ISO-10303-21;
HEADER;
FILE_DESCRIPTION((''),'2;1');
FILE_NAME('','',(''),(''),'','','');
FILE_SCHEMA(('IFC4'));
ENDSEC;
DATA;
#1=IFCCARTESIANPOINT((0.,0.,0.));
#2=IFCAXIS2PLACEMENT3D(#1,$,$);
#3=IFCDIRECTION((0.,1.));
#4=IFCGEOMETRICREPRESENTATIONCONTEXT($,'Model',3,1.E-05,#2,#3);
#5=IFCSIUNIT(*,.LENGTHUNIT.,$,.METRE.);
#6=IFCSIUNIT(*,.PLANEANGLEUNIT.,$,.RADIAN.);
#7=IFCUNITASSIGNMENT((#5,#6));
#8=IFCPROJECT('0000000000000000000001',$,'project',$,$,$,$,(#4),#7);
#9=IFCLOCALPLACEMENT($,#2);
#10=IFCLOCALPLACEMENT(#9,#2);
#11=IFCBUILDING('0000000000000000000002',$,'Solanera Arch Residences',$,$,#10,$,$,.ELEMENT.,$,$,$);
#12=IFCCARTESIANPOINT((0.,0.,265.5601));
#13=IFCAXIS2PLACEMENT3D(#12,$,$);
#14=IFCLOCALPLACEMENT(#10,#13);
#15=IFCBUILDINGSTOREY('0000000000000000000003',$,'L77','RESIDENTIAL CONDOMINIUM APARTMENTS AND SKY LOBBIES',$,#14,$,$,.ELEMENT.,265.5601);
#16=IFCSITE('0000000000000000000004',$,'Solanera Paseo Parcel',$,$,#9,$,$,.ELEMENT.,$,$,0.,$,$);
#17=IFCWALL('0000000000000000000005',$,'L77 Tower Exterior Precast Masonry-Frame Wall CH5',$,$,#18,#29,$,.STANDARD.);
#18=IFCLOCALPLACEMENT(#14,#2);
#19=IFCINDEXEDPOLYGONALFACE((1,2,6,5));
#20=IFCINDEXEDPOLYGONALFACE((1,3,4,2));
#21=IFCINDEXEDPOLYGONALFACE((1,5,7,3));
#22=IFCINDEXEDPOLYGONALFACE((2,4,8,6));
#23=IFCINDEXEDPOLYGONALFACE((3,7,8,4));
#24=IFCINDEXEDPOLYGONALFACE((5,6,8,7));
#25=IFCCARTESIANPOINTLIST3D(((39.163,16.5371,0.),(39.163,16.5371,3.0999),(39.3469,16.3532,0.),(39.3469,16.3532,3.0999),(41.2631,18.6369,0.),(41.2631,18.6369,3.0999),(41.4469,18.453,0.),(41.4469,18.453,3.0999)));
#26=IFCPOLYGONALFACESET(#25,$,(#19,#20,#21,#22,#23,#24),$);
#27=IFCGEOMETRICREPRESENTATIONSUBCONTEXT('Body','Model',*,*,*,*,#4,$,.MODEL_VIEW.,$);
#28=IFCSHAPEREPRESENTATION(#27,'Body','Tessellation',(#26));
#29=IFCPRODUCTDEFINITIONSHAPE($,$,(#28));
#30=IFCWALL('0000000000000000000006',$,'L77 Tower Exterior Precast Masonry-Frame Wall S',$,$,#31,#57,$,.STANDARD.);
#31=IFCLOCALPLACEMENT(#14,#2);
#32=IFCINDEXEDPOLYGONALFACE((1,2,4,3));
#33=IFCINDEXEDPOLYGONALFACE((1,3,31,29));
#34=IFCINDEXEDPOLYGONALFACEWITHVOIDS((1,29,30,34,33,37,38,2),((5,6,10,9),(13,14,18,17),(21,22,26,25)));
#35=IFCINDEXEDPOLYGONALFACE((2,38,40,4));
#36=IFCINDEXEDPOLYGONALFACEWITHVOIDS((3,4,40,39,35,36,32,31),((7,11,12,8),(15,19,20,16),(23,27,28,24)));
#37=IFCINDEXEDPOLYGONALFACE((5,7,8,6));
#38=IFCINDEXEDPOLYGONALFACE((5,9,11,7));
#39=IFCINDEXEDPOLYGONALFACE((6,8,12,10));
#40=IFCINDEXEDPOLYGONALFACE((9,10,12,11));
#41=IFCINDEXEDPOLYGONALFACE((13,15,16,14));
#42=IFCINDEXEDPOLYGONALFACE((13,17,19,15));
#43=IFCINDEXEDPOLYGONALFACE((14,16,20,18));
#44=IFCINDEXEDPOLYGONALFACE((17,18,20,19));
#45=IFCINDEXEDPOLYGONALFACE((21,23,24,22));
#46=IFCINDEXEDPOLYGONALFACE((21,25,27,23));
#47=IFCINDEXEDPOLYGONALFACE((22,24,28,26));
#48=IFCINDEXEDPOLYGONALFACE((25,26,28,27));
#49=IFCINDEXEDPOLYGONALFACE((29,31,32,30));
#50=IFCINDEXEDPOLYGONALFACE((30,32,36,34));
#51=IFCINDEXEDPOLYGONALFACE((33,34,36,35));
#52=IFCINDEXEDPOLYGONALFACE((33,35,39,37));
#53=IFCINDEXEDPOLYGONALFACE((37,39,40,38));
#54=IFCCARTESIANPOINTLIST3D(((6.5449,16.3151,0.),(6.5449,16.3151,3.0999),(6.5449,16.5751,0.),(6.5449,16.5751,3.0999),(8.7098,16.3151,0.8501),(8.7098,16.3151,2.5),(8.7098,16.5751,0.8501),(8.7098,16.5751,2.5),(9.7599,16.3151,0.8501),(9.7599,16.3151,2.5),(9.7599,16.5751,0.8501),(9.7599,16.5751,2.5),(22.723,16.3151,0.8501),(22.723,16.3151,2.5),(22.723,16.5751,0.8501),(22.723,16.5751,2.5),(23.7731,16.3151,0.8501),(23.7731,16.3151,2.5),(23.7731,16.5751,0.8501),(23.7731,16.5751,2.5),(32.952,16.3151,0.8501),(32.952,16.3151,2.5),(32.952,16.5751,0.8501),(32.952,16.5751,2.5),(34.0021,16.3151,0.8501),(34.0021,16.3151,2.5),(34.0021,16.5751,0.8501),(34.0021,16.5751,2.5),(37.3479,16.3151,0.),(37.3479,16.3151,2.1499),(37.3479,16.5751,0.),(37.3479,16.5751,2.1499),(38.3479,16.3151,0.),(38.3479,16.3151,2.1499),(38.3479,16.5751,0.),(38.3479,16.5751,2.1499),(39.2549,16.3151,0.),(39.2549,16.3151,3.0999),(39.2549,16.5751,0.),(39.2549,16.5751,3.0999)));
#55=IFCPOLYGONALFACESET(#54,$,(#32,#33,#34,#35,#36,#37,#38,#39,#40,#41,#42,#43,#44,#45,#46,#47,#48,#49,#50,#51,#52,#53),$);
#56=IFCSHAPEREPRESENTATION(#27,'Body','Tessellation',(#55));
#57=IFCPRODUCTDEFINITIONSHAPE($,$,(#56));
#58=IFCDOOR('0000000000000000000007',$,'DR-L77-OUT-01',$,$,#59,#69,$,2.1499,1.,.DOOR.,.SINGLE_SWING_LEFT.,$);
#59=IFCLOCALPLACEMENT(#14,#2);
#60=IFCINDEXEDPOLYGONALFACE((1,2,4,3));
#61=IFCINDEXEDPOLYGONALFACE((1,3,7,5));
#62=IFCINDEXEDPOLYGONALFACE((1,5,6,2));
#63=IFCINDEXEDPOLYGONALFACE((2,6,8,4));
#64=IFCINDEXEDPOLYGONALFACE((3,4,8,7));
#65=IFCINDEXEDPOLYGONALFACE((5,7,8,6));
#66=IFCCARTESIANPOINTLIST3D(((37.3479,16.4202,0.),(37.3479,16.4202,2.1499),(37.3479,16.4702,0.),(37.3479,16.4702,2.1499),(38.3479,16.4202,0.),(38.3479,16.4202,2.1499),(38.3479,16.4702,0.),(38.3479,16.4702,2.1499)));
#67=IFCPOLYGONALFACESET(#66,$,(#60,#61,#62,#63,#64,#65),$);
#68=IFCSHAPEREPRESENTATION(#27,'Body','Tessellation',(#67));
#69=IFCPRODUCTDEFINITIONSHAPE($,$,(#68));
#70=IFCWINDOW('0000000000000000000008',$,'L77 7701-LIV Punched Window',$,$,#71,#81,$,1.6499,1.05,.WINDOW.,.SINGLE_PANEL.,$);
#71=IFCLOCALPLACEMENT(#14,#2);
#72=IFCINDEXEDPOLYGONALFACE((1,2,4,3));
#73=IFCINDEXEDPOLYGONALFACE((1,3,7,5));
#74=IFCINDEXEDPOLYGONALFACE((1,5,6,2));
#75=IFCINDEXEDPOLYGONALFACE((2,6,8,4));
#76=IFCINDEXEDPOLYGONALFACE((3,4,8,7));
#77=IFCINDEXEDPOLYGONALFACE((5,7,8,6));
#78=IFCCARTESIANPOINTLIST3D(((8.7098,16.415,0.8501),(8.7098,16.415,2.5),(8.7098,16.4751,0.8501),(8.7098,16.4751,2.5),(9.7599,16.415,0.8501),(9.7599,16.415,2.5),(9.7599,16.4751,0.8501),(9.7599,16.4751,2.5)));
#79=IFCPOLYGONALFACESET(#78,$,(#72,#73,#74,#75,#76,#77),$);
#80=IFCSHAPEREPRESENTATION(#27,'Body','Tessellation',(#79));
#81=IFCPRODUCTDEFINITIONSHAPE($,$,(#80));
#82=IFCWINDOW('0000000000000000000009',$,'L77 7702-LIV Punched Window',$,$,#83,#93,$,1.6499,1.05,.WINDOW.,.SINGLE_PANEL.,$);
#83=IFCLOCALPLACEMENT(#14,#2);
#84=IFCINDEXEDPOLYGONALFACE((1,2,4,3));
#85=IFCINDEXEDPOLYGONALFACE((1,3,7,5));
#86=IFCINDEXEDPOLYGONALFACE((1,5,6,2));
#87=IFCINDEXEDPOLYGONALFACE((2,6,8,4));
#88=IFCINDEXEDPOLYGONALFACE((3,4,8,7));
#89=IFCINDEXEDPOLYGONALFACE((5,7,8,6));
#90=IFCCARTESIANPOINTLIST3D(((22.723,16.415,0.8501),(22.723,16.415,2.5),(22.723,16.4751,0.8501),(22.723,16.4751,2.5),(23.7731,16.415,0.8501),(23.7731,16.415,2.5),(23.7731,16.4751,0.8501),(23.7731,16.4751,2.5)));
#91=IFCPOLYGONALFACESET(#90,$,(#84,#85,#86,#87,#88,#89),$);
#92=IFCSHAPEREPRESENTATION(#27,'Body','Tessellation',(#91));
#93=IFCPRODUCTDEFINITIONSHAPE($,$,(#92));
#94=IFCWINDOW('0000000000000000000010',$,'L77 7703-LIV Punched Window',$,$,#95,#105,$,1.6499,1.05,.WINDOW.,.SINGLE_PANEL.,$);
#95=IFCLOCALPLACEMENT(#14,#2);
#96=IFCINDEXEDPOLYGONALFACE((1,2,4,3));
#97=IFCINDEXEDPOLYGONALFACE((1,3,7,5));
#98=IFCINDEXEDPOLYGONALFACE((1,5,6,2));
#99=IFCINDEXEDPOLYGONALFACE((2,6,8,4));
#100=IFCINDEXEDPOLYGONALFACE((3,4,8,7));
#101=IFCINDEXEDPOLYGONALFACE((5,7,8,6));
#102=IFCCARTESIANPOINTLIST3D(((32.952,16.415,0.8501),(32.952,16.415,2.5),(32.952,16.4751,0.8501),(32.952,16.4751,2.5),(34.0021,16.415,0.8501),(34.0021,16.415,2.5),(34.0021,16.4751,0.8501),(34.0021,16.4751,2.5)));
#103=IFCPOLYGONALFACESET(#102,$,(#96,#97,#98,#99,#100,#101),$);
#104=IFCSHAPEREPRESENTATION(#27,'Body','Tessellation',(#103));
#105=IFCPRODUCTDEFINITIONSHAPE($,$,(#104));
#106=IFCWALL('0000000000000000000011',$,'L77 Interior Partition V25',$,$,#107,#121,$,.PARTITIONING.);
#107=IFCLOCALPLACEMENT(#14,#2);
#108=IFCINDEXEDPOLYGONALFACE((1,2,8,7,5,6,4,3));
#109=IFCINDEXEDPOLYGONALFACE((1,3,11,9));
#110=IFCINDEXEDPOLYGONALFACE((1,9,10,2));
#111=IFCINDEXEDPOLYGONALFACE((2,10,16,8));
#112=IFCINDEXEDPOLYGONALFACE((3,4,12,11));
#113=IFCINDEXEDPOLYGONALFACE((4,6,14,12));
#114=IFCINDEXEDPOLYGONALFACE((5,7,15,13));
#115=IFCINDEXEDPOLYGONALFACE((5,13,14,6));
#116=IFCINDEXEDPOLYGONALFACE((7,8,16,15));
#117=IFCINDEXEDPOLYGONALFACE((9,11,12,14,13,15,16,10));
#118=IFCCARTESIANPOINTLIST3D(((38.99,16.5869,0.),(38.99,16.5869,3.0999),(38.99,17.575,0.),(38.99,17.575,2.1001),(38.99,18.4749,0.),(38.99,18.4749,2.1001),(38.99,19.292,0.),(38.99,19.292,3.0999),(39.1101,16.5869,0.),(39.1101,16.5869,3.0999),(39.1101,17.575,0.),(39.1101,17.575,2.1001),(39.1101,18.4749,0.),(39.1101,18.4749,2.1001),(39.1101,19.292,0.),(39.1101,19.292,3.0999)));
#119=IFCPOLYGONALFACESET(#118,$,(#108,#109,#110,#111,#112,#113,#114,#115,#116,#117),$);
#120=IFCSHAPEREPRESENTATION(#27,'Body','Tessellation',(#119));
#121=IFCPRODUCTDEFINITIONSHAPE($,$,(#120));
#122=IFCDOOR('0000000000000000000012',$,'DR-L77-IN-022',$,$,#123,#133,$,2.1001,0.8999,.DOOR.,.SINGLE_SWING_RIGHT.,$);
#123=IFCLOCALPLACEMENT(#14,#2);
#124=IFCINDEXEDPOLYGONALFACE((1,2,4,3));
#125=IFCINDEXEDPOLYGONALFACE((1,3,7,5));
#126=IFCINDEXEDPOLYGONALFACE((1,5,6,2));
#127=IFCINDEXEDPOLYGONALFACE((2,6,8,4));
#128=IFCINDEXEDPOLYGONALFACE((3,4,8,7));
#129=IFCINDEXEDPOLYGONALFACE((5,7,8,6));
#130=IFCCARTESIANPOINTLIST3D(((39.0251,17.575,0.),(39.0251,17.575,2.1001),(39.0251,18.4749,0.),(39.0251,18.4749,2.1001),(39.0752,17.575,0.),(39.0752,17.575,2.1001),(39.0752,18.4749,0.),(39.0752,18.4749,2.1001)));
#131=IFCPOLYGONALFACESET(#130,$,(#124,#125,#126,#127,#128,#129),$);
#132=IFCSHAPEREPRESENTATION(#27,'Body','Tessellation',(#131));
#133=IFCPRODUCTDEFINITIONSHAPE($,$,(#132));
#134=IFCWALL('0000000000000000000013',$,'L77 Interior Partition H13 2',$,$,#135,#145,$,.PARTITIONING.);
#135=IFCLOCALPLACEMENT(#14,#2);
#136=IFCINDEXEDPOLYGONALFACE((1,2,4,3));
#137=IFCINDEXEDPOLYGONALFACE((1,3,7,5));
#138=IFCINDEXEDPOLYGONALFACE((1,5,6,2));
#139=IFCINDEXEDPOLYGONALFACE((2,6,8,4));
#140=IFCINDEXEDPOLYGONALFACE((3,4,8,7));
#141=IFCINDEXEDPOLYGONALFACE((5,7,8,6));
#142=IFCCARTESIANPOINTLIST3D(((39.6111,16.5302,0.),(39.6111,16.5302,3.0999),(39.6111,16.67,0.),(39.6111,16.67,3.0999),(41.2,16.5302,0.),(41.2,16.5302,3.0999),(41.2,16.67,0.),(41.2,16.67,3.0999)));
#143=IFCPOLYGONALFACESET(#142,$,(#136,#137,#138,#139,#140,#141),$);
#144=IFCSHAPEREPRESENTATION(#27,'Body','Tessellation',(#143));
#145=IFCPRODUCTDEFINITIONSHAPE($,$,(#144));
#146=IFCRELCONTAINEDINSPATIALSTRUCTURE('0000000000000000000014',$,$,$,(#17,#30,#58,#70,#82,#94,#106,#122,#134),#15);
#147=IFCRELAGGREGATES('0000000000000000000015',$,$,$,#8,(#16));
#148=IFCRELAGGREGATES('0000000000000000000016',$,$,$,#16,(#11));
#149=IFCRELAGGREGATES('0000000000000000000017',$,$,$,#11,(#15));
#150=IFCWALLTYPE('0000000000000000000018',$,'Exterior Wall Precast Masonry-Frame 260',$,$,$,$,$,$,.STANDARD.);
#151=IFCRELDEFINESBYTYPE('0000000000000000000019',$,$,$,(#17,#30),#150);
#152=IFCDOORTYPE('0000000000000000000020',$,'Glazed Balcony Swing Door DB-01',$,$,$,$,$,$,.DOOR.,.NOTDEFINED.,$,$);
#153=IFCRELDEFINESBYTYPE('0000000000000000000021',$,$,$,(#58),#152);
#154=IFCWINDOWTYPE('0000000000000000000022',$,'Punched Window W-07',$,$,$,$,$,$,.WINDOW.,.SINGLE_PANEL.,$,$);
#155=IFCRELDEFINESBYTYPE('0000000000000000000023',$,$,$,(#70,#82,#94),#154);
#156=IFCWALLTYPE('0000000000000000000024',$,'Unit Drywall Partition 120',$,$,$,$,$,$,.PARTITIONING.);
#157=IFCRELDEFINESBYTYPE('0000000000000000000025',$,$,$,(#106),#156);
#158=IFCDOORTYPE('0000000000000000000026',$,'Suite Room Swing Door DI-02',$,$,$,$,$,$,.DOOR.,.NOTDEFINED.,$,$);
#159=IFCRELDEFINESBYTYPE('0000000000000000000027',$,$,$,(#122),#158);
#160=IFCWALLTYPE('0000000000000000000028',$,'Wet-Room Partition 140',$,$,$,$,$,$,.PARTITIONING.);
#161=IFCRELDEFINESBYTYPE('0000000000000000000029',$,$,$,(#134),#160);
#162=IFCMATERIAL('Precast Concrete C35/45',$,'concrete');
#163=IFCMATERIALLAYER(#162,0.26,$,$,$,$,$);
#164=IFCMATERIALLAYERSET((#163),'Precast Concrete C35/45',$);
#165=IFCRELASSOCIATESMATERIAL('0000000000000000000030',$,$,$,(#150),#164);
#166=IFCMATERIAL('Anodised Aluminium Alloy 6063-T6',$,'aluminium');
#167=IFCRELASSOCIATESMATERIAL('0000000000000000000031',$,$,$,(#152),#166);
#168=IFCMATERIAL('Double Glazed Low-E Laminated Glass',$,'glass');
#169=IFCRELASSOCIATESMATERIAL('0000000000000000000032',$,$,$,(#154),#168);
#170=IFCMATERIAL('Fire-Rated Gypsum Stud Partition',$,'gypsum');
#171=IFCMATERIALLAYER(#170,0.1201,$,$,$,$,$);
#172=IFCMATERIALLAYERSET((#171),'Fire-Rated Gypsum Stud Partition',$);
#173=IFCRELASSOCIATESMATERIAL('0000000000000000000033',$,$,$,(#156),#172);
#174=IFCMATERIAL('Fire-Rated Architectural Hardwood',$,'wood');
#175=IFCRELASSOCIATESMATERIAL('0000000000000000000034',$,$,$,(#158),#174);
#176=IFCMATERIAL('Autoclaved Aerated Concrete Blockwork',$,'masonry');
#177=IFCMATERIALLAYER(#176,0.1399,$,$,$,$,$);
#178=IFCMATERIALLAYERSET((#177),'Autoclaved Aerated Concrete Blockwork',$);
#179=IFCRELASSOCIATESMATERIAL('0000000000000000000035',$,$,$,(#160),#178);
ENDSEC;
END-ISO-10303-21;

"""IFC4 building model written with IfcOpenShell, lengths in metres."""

from ifc_helpers import new_model, si_unit, direction, frame, frame_2d, origin, place, context, subcontext, project, spatial, rectangle, extrude, material, layer, layer_set, type_object, element, fill, save


model = new_model("IFC4")

# Units and contexts
model_context = context("Model", 3, precision=1e-05, world=origin(), true_north=direction((0.0, 1.0)))
body_context = subcontext(model_context, "Body", "Model", "MODEL_VIEW")
ifc_project = project(units=[si_unit("LENGTHUNIT", "METRE"), si_unit("PLANEANGLEUNIT", "RADIAN")], contexts=[model_context])

# Site, building, storey
site_placement = place(None, origin())
site = spatial("IfcSite", under=ifc_project, at=site_placement, Name="Solanera Paseo Parcel", CompositionType="ELEMENT", RefElevation=0.0)
building_placement = place(site_placement, origin())
building = spatial("IfcBuilding", under=site, at=building_placement, Name="Solanera Arch Residences", CompositionType="ELEMENT")
storey_placement = place(building_placement, frame((0.0, 0.0, 265.5601)))
storey = spatial("IfcBuildingStorey", under=building, at=storey_placement, Name="L77", Description="RESIDENTIAL CONDOMINIUM APARTMENTS AND SKY LOBBIES", CompositionType="ELEMENT", Elevation=265.5601)

# Wall
ifc_material_1 = material(Name="Precast Concrete C35/45", Category="concrete")
ifc_layer_1 = layer(ifc_material_1, 0.26)
ifc_layer_set_1 = layer_set([ifc_layer_1], Name="Precast Concrete C35/45")
wall_type_1 = type_object("IfcWallType", Name="Exterior Wall Precast Masonry-Frame 260", PredefinedType="STANDARD", material=ifc_layer_set_1)
wall_1_placement = place(storey_placement, frame((41.355, 18.5449, 0.0), z_axis=(0.0, 0.0, 1.0), x_axis=(-0.707148, -0.707066, 0.0)))
element("IfcWall", 1, at=wall_1_placement, inside=storey, type_object=wall_type_1, Name="L77 Tower Exterior Precast Masonry-Frame Wall CH5", PredefinedType="STANDARD", context=body_context, shape_type="SweptSolid", body=[
    extrude(rectangle(XDim=2.9697, YDim=0.26, at=frame_2d((1.4849, 0.0))), origin(), (0.0, 0.0, 1.0), 3.0999),
])

# Wall, openings, door, windows
wall_2_placement = place(storey_placement, frame((39.2549, 16.4451, 0.0), z_axis=(0.0, 0.0, 1.0), x_axis=(-1.0, 0.0, 0.0)))
wall_2 = element("IfcWall", 2, at=wall_2_placement, inside=storey, type_object=wall_type_1, Name="L77 Tower Exterior Precast Masonry-Frame Wall S", PredefinedType="STANDARD", context=body_context, shape_type="SweptSolid", body=[
    extrude(rectangle(XDim=32.71, YDim=0.26, at=frame_2d((16.355, 0.0))), origin(), (0.0, 0.0, 1.0), 3.0999),
])
opening_1_placement = place(wall_2_placement, frame((0.907, 0.0, 0.0)))
opening_1 = element("IfcOpeningElement", 3, at=opening_1_placement, cuts=wall_2, PredefinedType="OPENING", context=body_context, shape_type="SweptSolid", body=[
    extrude(rectangle(XDim=1.0, YDim=2.1499, at=frame_2d((0.5, 1.075))), frame((0.0, 0.1399, 0.0), z_axis=(0.0, -1.0, 0.0), x_axis=(1.0, 0.0, 0.0)), (0.0, 0.0, 1.0), 0.28),
])
opening_2_placement = place(wall_2_placement, frame((29.4951, 0.0, 0.8501)))
opening_2 = element("IfcOpeningElement", 4, at=opening_2_placement, cuts=wall_2, PredefinedType="OPENING", context=body_context, shape_type="SweptSolid", body=[
    extrude(rectangle(XDim=1.05, YDim=1.6499, at=frame_2d((0.5249, 0.825))), frame((0.0, 0.1399, 0.0), z_axis=(0.0, -1.0, 0.0), x_axis=(1.0, 0.0, 0.0)), (0.0, 0.0, 1.0), 0.28),
])
opening_3_placement = place(wall_2_placement, frame((15.4819, 0.0, 0.8501)))
opening_3 = element("IfcOpeningElement", 5, at=opening_3_placement, cuts=wall_2, PredefinedType="OPENING", context=body_context, shape_type="SweptSolid", body=[
    extrude(rectangle(XDim=1.05, YDim=1.6499, at=frame_2d((0.5249, 0.825))), frame((0.0, 0.1399, 0.0), z_axis=(0.0, -1.0, 0.0), x_axis=(1.0, 0.0, 0.0)), (0.0, 0.0, 1.0), 0.28),
])
opening_4_placement = place(wall_2_placement, frame((5.2529, 0.0, 0.8501)))
opening_4 = element("IfcOpeningElement", 6, at=opening_4_placement, cuts=wall_2, PredefinedType="OPENING", context=body_context, shape_type="SweptSolid", body=[
    extrude(rectangle(XDim=1.05, YDim=1.6499, at=frame_2d((0.5249, 0.825))), frame((0.0, 0.1399, 0.0), z_axis=(0.0, -1.0, 0.0), x_axis=(1.0, 0.0, 0.0)), (0.0, 0.0, 1.0), 0.28),
])
ifc_material_2 = material(Name="Anodised Aluminium Alloy 6063-T6", Category="aluminium")
door_type_1 = type_object("IfcDoorType", Name="Glazed Balcony Swing Door DB-01", OperationType="NOTDEFINED", PredefinedType="DOOR", material=ifc_material_2)
door_1_placement = place(opening_1_placement, origin())
door_1 = element("IfcDoor", 7, at=door_1_placement, inside=storey, type_object=door_type_1, Name="DR-L77-OUT-01", OperationType="SINGLE_SWING_LEFT", OverallHeight=2.1499, OverallWidth=1.0, PredefinedType="DOOR", context=body_context, shape_type="SweptSolid", body=[
    extrude(rectangle(XDim=1.0, YDim=2.1499, at=frame_2d((0.5, 1.075))), frame((0.0, 0.0249, 0.0), z_axis=(0.0, -1.0, 0.0), x_axis=(1.0, 0.0, 0.0)), (0.0, 0.0, 1.0), 0.05),
])
fill(opening_1, door_1)
ifc_material_3 = material(Name="Double Glazed Low-E Laminated Glass", Category="glass")
window_type = type_object("IfcWindowType", Name="Punched Window W-07", PartitioningType="SINGLE_PANEL", PredefinedType="WINDOW", material=ifc_material_3)
window_1_placement = place(opening_2_placement, origin())
window_1 = element("IfcWindow", 8, at=window_1_placement, inside=storey, type_object=window_type, Name="L77 7701-LIV Punched Window", OverallHeight=1.6499, OverallWidth=1.05, PartitioningType="SINGLE_PANEL", PredefinedType="WINDOW", context=body_context, shape_type="SweptSolid", body=[
    extrude(rectangle(XDim=1.05, YDim=1.6499, at=frame_2d((0.5249, 0.825))), frame((0.0, 0.03, 0.0), z_axis=(0.0, -1.0, 0.0), x_axis=(1.0, 0.0, 0.0)), (0.0, 0.0, 1.0), 0.0601),
])
fill(opening_2, window_1)
window_2_placement = place(opening_3_placement, origin())
window_2 = element("IfcWindow", 9, at=window_2_placement, inside=storey, type_object=window_type, Name="L77 7702-LIV Punched Window", OverallHeight=1.6499, OverallWidth=1.05, PartitioningType="SINGLE_PANEL", PredefinedType="WINDOW", context=body_context, shape_type="SweptSolid", body=[
    extrude(rectangle(XDim=1.05, YDim=1.6499, at=frame_2d((0.5249, 0.825))), frame((0.0, 0.03, 0.0), z_axis=(0.0, -1.0, 0.0), x_axis=(1.0, 0.0, 0.0)), (0.0, 0.0, 1.0), 0.0601),
])
fill(opening_3, window_2)
window_3_placement = place(opening_4_placement, origin())
window_3 = element("IfcWindow", 10, at=window_3_placement, inside=storey, type_object=window_type, Name="L77 7703-LIV Punched Window", OverallHeight=1.6499, OverallWidth=1.05, PartitioningType="SINGLE_PANEL", PredefinedType="WINDOW", context=body_context, shape_type="SweptSolid", body=[
    extrude(rectangle(XDim=1.05, YDim=1.6499, at=frame_2d((0.5249, 0.825))), frame((0.0, 0.03, 0.0), z_axis=(0.0, -1.0, 0.0), x_axis=(1.0, 0.0, 0.0)), (0.0, 0.0, 1.0), 0.0601),
])
fill(opening_4, window_3)

# Wall, opening, door
ifc_material_4 = material(Name="Fire-Rated Gypsum Stud Partition", Category="gypsum")
ifc_layer_2 = layer(ifc_material_4, 0.1201)
ifc_layer_set_2 = layer_set([ifc_layer_2], Name="Fire-Rated Gypsum Stud Partition")
wall_type_2 = type_object("IfcWallType", Name="Unit Drywall Partition 120", PredefinedType="PARTITIONING", material=ifc_layer_set_2)
wall_3_placement = place(storey_placement, frame((39.05, 16.5869, 0.0), z_axis=(0.0, 0.0, 1.0), x_axis=(0.0, 1.0, 0.0)))
wall_3 = element("IfcWall", 11, at=wall_3_placement, inside=storey, type_object=wall_type_2, Name="L77 Interior Partition V25", PredefinedType="PARTITIONING", context=body_context, shape_type="SweptSolid", body=[
    extrude(rectangle(XDim=2.7051, YDim=0.1201, at=frame_2d((1.3525, 0.0))), origin(), (0.0, 0.0, 1.0), 3.0999),
])
opening_5_placement = place(wall_3_placement, frame((0.988, 0.0, 0.0)))
opening_5 = element("IfcOpeningElement", 12, at=opening_5_placement, cuts=wall_3, PredefinedType="OPENING", context=body_context, shape_type="SweptSolid", body=[
    extrude(rectangle(XDim=0.8999, YDim=2.1001, at=frame_2d((0.45, 1.05))), frame((0.0, 0.0701, 0.0), z_axis=(0.0, -1.0, 0.0), x_axis=(1.0, 0.0, 0.0)), (0.0, 0.0, 1.0), 0.1401),
])
ifc_material_5 = material(Name="Fire-Rated Architectural Hardwood", Category="wood")
door_type_2 = type_object("IfcDoorType", Name="Suite Room Swing Door DI-02", OperationType="NOTDEFINED", PredefinedType="DOOR", material=ifc_material_5)
door_2_placement = place(opening_5_placement, origin())
door_2 = element("IfcDoor", 13, at=door_2_placement, inside=storey, type_object=door_type_2, Name="DR-L77-IN-022", OperationType="SINGLE_SWING_RIGHT", OverallHeight=2.1001, OverallWidth=0.8999, PredefinedType="DOOR", context=body_context, shape_type="SweptSolid", body=[
    extrude(rectangle(XDim=0.8999, YDim=2.1001, at=frame_2d((0.45, 1.05))), frame((0.0, 0.0249, 0.0), z_axis=(0.0, -1.0, 0.0), x_axis=(1.0, 0.0, 0.0)), (0.0, 0.0, 1.0), 0.05),
])
fill(opening_5, door_2)

# Wall
ifc_material_6 = material(Name="Autoclaved Aerated Concrete Blockwork", Category="masonry")
ifc_layer_3 = layer(ifc_material_6, 0.1399)
ifc_layer_set_3 = layer_set([ifc_layer_3], Name="Autoclaved Aerated Concrete Blockwork")
wall_type_3 = type_object("IfcWallType", Name="Wet-Room Partition 140", PredefinedType="PARTITIONING", material=ifc_layer_set_3)
wall_4_placement = place(storey_placement, frame((39.6111, 16.6001, 0.0), z_axis=(0.0, 0.0, 1.0), x_axis=(1.0, 0.0, 0.0)))
element("IfcWall", 14, at=wall_4_placement, inside=storey, type_object=wall_type_3, Name="L77 Interior Partition H13 2", PredefinedType="PARTITIONING", context=body_context, shape_type="SweptSolid", body=[
    extrude(rectangle(XDim=1.5889, YDim=0.1399, at=frame_2d((0.7944, 0.0))), origin(), (0.0, 0.0, 1.0), 3.0999),
])

save(model, "model.ifc")
